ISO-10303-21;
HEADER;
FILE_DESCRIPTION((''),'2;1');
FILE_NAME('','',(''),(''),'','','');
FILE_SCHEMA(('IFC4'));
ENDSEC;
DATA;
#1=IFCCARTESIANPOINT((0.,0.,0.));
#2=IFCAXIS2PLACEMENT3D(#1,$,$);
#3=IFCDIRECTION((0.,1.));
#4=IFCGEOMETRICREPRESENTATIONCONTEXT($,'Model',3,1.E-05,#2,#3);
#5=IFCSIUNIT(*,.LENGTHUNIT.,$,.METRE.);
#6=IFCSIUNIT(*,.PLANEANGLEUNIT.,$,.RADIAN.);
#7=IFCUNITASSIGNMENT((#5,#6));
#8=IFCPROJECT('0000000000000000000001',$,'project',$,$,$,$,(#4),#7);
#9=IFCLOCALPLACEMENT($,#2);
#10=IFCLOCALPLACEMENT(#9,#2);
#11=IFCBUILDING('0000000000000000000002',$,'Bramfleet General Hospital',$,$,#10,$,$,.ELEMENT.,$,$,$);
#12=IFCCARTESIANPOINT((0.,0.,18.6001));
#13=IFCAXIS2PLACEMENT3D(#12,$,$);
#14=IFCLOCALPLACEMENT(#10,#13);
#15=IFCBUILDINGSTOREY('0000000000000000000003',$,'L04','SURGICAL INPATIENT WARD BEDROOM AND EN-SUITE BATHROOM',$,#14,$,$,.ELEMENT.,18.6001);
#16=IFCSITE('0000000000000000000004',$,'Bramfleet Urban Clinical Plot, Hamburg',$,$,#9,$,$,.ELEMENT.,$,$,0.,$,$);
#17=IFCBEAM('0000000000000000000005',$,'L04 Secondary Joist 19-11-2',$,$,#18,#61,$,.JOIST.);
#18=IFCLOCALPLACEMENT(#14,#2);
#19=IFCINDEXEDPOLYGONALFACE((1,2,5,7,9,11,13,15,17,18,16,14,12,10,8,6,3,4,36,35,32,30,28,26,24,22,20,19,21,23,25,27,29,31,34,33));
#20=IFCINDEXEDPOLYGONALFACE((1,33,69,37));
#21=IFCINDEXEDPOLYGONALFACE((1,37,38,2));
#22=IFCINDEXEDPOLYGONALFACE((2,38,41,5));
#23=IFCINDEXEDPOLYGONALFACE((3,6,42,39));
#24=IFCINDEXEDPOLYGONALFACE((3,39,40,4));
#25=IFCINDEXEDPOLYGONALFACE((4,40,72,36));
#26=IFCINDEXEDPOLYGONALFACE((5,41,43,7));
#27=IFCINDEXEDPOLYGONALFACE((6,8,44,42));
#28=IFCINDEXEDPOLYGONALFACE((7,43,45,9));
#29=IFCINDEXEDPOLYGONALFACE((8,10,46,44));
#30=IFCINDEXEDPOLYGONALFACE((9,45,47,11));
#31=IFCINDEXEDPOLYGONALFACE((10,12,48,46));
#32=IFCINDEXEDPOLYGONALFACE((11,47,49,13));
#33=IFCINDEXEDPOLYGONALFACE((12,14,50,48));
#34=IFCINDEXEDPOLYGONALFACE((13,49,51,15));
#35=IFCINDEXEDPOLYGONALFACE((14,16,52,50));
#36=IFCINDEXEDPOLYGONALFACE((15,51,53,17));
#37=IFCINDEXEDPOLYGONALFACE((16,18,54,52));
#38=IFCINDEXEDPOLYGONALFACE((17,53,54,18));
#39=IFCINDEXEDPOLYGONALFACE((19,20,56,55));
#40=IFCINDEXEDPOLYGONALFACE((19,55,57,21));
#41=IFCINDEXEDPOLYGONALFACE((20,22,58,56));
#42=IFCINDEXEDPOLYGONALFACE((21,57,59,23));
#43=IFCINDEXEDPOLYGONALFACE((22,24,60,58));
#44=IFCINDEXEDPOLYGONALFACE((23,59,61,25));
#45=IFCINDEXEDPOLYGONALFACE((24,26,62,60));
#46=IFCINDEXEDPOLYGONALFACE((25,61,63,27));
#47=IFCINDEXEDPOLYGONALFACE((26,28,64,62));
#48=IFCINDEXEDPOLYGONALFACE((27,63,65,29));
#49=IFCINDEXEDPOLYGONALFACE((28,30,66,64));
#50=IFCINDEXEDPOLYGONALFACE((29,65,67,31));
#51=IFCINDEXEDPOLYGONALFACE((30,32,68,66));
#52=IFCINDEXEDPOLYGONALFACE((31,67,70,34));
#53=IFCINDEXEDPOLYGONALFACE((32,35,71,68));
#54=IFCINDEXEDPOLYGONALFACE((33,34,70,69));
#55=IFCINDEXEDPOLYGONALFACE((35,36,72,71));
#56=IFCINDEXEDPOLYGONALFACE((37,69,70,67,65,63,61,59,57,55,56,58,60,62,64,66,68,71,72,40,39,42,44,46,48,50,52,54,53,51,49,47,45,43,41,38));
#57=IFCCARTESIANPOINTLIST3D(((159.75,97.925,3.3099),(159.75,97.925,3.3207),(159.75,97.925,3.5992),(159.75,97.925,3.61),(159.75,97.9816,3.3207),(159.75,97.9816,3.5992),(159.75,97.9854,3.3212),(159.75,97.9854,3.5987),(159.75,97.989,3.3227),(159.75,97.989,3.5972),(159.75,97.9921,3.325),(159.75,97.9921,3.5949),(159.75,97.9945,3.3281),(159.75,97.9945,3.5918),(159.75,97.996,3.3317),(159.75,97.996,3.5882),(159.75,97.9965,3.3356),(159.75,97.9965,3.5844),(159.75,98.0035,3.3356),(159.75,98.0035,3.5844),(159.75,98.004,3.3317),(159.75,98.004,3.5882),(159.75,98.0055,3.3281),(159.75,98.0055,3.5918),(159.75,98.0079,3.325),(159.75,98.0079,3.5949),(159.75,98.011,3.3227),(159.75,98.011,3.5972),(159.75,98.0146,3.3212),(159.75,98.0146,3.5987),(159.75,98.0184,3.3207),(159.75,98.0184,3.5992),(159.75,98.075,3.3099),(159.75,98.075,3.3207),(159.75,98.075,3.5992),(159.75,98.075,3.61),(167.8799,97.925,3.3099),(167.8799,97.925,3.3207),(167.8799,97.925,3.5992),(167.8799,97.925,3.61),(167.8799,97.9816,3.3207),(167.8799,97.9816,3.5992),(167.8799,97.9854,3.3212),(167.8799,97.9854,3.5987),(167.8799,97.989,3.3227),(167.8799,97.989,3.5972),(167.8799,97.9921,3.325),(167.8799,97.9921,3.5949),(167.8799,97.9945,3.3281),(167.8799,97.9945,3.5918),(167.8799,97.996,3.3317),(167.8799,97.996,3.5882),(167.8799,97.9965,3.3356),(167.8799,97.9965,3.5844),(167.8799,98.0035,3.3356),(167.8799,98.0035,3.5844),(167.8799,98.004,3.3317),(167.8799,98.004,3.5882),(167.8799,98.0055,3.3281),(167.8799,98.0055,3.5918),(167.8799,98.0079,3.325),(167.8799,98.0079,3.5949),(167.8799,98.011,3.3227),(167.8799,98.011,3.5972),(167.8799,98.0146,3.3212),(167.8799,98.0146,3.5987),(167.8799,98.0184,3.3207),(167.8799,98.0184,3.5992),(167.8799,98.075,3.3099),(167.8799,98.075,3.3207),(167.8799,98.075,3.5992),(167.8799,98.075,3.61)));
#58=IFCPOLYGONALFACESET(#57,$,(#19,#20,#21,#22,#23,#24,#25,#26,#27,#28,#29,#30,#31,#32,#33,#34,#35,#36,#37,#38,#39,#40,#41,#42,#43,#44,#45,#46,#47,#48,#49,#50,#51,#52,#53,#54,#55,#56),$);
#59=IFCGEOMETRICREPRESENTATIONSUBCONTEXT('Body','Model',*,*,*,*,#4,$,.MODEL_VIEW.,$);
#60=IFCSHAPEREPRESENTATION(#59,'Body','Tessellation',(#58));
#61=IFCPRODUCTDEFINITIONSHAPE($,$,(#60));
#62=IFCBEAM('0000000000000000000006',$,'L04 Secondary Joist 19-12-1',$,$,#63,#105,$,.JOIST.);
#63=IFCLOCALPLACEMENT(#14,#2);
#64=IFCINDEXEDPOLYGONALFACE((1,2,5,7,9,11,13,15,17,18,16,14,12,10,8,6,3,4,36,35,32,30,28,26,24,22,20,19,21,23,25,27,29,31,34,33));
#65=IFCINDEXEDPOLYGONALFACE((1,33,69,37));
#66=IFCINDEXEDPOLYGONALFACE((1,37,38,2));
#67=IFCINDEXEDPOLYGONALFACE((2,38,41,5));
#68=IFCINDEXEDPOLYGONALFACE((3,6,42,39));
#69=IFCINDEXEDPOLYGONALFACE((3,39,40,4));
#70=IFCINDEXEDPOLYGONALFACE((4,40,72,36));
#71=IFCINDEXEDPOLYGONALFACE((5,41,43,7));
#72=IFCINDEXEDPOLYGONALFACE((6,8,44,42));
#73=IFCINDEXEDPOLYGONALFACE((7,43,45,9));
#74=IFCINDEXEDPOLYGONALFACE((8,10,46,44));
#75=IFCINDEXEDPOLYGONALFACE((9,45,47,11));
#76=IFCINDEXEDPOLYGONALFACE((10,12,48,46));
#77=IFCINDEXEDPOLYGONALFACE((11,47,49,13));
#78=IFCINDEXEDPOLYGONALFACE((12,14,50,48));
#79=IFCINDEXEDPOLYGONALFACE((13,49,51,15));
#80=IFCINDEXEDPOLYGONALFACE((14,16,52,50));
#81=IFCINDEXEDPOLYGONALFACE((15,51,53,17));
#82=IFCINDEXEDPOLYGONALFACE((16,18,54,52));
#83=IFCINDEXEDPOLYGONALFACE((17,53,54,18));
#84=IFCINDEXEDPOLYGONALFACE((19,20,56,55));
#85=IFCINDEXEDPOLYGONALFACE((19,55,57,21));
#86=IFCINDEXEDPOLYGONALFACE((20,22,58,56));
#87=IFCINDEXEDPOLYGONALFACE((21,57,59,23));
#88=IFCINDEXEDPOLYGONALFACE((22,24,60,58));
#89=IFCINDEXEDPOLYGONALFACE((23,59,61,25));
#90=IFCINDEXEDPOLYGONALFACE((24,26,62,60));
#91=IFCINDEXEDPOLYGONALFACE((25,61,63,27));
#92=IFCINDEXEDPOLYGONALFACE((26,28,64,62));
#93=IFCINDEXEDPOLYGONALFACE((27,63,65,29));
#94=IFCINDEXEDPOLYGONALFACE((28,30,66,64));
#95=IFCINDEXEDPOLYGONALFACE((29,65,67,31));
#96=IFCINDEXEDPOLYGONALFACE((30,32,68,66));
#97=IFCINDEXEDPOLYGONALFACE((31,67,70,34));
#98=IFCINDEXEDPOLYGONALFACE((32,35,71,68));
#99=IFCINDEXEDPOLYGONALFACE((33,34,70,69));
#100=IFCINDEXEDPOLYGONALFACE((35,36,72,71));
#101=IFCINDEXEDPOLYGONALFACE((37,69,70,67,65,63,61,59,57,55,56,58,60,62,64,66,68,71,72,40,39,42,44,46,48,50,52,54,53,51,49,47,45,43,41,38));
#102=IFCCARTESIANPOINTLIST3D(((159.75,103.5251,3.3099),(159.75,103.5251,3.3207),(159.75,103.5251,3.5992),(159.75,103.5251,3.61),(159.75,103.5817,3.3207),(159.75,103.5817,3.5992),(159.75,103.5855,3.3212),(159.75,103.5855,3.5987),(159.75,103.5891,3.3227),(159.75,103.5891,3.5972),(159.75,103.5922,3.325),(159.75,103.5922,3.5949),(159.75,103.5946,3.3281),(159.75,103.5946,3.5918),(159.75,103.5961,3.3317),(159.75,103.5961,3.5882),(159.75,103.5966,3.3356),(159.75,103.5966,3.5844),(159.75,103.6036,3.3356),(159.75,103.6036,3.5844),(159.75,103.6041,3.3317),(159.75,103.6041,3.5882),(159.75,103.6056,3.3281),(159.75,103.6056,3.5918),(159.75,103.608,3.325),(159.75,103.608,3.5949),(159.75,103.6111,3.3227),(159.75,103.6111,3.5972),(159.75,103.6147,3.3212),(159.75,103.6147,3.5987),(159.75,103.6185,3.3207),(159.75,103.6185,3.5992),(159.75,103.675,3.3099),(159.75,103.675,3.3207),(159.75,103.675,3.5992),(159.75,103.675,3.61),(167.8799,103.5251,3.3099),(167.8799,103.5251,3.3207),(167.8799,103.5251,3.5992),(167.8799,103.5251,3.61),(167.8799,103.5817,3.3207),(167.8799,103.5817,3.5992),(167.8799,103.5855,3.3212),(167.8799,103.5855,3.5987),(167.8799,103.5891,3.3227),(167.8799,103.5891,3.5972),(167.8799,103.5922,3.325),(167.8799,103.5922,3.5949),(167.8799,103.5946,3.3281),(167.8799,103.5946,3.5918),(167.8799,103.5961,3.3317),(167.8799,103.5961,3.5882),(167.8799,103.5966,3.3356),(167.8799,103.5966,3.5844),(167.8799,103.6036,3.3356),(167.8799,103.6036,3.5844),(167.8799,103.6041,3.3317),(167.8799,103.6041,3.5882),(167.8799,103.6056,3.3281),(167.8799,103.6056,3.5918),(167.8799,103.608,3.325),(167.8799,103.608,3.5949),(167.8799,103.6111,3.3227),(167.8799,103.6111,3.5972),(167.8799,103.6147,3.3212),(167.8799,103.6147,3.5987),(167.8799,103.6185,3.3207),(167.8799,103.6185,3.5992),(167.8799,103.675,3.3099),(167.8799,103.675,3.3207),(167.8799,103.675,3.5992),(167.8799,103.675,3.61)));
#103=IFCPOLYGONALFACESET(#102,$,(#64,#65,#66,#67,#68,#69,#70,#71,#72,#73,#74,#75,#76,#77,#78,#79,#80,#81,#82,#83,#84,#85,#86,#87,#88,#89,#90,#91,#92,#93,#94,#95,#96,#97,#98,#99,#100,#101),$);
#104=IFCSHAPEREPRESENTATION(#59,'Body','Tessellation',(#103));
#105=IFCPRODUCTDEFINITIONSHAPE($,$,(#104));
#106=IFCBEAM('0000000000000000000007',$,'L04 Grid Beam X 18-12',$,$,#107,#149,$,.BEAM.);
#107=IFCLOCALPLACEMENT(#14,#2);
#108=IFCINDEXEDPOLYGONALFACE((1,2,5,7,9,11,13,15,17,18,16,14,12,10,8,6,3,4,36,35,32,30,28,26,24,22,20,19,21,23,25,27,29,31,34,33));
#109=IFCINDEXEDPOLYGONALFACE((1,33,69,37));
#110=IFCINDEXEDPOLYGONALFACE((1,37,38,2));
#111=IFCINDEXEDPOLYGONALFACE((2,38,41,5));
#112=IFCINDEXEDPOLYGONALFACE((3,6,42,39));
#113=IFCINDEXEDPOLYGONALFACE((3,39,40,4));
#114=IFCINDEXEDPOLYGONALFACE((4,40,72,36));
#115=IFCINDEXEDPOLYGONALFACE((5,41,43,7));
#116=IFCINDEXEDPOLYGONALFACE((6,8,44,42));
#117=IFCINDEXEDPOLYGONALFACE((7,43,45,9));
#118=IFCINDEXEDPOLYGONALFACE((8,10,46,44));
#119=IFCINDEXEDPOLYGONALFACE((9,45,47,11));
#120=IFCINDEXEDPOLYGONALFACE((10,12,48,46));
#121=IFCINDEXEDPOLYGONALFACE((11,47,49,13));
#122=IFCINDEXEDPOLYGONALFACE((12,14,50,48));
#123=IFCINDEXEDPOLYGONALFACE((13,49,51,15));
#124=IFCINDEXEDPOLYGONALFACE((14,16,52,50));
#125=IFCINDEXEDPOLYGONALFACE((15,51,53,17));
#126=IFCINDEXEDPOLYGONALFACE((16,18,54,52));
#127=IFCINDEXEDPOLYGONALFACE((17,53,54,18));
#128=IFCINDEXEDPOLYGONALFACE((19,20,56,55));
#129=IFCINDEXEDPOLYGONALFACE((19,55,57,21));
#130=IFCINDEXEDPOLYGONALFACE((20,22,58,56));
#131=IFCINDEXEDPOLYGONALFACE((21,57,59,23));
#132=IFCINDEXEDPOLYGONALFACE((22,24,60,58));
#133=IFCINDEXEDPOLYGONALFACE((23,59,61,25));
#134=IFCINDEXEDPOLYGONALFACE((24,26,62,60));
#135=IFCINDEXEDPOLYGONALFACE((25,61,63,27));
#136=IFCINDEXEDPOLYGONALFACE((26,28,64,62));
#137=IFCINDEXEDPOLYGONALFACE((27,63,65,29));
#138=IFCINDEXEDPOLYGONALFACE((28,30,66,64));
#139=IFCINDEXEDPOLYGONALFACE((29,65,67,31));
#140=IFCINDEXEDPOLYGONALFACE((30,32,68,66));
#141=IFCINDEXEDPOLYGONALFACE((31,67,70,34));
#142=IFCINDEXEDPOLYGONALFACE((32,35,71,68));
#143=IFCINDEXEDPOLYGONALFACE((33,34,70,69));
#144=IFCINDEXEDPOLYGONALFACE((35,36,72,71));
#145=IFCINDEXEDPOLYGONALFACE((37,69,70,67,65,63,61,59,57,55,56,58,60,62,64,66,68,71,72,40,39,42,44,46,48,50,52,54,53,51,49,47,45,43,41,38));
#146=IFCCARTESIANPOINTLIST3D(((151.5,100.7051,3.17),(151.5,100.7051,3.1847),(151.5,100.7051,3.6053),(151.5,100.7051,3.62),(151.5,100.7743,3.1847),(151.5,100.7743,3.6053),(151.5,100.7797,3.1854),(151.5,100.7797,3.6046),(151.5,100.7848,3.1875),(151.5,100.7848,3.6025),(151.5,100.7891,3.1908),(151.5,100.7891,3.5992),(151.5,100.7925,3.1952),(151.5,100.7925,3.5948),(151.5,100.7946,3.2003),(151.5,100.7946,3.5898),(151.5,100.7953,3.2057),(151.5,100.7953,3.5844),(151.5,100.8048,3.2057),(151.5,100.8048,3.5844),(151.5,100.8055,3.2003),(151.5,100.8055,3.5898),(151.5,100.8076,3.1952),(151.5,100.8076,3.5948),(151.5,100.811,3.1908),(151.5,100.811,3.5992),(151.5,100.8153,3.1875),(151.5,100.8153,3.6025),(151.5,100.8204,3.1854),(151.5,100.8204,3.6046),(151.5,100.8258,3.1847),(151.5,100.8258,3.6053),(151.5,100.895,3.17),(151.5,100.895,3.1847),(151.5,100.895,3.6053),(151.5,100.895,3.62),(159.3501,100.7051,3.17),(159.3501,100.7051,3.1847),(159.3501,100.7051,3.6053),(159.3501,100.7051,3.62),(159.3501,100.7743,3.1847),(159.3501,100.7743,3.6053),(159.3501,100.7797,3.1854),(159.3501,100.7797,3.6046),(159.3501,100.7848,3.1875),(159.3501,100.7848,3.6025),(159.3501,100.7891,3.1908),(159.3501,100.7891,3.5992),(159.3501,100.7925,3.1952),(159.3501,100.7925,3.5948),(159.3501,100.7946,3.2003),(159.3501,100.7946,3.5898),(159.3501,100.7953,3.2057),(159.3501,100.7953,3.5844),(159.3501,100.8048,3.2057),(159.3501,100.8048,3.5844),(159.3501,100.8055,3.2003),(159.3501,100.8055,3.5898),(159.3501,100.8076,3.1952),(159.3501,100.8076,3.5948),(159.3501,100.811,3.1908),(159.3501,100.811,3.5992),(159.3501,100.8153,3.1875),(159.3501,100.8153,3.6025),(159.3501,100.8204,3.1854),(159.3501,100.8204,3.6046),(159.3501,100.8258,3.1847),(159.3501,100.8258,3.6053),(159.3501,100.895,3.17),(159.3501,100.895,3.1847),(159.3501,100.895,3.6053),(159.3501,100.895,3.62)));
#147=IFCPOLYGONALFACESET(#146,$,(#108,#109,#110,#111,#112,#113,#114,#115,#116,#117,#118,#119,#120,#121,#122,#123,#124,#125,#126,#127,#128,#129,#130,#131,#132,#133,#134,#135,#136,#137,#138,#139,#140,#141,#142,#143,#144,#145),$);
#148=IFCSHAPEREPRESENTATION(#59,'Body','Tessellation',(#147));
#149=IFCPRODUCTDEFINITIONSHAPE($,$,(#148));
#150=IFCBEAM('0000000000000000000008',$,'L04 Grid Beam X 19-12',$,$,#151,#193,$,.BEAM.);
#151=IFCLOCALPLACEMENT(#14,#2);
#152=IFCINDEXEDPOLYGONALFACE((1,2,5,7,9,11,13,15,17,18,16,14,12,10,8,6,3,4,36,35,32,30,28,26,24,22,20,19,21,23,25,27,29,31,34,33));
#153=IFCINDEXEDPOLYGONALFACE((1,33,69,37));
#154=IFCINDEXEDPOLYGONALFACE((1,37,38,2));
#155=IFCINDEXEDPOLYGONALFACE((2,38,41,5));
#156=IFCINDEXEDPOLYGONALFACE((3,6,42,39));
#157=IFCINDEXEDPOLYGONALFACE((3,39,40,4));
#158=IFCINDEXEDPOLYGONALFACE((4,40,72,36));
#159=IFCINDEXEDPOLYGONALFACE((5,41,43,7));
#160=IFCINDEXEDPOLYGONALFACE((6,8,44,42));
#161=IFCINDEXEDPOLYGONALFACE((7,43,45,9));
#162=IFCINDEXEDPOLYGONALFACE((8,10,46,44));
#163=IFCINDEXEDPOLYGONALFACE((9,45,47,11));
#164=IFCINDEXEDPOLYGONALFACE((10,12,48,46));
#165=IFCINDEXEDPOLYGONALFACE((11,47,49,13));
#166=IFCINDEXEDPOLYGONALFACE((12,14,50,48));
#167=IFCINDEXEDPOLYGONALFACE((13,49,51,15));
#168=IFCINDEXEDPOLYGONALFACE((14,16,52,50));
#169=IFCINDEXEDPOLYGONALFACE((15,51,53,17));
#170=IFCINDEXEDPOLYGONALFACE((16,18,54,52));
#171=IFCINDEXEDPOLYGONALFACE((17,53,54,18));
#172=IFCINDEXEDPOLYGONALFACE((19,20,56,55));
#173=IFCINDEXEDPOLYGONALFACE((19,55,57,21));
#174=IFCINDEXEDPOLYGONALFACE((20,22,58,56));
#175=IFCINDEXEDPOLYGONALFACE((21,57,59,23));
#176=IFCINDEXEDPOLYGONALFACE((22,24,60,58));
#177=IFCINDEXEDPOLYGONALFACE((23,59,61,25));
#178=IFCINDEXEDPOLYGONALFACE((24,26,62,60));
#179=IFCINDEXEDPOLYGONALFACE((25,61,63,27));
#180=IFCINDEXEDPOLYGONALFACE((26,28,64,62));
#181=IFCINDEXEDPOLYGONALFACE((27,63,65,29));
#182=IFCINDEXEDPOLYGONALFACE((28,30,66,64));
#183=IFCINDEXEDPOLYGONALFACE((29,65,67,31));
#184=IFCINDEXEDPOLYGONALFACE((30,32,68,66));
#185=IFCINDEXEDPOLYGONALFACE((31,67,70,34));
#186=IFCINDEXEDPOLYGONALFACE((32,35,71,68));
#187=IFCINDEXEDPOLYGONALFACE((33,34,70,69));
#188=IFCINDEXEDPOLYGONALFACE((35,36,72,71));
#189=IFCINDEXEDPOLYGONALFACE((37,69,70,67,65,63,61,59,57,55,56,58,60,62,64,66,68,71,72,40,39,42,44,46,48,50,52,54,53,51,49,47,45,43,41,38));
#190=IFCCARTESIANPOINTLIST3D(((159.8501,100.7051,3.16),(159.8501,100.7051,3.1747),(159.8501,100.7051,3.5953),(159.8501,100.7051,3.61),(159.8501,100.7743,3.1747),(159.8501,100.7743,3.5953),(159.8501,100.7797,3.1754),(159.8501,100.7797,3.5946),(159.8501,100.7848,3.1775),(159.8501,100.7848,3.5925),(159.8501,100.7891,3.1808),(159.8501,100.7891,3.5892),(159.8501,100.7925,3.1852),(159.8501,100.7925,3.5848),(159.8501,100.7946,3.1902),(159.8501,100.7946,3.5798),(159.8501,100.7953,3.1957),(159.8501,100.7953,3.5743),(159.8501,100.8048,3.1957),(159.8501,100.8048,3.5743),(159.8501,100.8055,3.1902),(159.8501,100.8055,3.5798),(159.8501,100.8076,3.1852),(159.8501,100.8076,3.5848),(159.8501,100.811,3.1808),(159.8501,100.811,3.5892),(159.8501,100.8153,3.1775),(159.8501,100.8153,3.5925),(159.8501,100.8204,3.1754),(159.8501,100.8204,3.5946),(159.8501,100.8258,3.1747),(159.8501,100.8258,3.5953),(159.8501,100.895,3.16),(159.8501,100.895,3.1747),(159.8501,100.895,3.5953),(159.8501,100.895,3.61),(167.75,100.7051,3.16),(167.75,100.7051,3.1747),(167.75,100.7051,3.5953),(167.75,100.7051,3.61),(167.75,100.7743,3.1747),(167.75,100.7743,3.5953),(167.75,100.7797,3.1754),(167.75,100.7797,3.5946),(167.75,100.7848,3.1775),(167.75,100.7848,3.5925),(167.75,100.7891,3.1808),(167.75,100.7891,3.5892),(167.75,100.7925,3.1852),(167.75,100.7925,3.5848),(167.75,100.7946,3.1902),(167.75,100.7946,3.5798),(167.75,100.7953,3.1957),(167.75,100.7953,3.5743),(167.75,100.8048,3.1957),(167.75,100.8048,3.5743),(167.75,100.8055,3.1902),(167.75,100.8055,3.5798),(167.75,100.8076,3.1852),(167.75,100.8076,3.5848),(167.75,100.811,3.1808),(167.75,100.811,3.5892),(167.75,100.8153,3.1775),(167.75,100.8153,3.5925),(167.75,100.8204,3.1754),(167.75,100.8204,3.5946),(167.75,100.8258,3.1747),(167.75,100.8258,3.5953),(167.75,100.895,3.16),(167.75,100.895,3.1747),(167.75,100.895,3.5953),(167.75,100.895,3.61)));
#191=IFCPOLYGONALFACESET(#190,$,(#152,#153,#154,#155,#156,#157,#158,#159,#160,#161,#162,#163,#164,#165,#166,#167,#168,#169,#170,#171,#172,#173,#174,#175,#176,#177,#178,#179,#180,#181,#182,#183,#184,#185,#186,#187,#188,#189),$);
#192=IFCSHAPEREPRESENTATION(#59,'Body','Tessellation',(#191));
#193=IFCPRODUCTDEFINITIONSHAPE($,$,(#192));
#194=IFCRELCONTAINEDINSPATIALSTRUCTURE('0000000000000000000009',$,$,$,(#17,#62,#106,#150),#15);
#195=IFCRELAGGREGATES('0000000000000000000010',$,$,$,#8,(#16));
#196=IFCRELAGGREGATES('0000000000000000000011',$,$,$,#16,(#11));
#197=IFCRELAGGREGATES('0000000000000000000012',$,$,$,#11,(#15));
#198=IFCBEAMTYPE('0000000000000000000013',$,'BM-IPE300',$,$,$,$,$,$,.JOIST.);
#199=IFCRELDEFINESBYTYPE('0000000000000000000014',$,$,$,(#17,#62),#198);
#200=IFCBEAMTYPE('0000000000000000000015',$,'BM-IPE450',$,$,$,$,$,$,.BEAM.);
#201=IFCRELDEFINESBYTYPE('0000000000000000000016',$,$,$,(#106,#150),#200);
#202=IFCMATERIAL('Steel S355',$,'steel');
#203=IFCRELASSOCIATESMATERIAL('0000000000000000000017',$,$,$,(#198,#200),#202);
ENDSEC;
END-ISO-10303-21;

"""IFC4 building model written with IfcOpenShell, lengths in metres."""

from ifc_helpers import new_model, si_unit, direction, frame, origin, origin_2d, place, context, subcontext, project, spatial, i_section, extrude, material, material_profile, profile_set, type_object, element, save


model = new_model("IFC4")

# Units and contexts
model_context = context("Model", 3, precision=1e-05, world=origin(), true_north=direction((0.0, 1.0)))
body_context = subcontext(model_context, "Body", "Model", "MODEL_VIEW")
ifc_project = project(units=[si_unit("LENGTHUNIT", "METRE"), si_unit("PLANEANGLEUNIT", "RADIAN")], contexts=[model_context])

# Site, building, storey
site_placement = place(None, origin())
site = spatial("IfcSite", under=ifc_project, at=site_placement, Name="Bramfleet Urban Clinical Plot, Hamburg", CompositionType="ELEMENT", RefElevation=0.0)
building_placement = place(site_placement, origin())
building = spatial("IfcBuilding", under=site, at=building_placement, Name="Bramfleet General Hospital", CompositionType="ELEMENT")
storey_placement = place(building_placement, frame((0.0, 0.0, 18.6001)))
storey = spatial("IfcBuildingStorey", under=building, at=storey_placement, Name="L04", Description="SURGICAL INPATIENT WARD BEDROOM AND EN-SUITE BATHROOM", CompositionType="ELEMENT", Elevation=18.6001)

# Beams
ifc_material_1 = material(Name="Steel S355", Category="steel")
ifc_material_profile_1 = material_profile(ifc_material_1, i_section(OverallWidth=0.1499, OverallDepth=0.3, WebThickness=0.0071, FlangeThickness=0.0107, FilletRadius=0.0149, at=origin_2d()), Name="IPE 300")
ifc_profile_set_1 = profile_set([ifc_material_profile_1], Name="Steel S355")
beam_type_1 = type_object("IfcBeamType", Name="BM-IPE300", PredefinedType="JOIST", material=ifc_profile_set_1)
for number, where, z_axis, x_axis, name in (
    (1, (159.75, 98.0, 3.46), (1.0, 0.0, 0.0), (0.0, 1.0, 0.0), "L04 Secondary Joist 19-11-2"),
    (2, (159.75, 103.6001, 3.46), (1.0, 0.0, 0.0), (0.0, 1.0, 0.0), "L04 Secondary Joist 19-12-1"),
):
    element("IfcBeam", number, at=place(storey_placement, frame(where, z_axis=z_axis, x_axis=x_axis)), inside=storey, type_object=beam_type_1, Name=name, PredefinedType="JOIST", context=body_context, shape_type="SweptSolid", body=[
        extrude(i_section(OverallWidth=0.1499, OverallDepth=0.3, WebThickness=0.0071, FlangeThickness=0.0107, FilletRadius=0.0149, at=origin_2d()), origin(), (0.0, 0.0, 1.0), 8.1299),
    ])
ifc_material_profile_2 = material_profile(ifc_material_1, i_section(OverallWidth=0.1899, OverallDepth=0.45, WebThickness=0.0095, FlangeThickness=0.0146, FilletRadius=0.021, at=origin_2d()), Name="IPE 450")
ifc_profile_set_2 = profile_set([ifc_material_profile_2], Name="Steel S355")
beam_type_2 = type_object("IfcBeamType", Name="BM-IPE450", PredefinedType="BEAM", material=ifc_profile_set_2)
beam_1_placement = place(storey_placement, frame((151.5, 100.8, 3.395), z_axis=(1.0, 0.0, 0.0), x_axis=(0.0, 1.0, 0.0)))
element("IfcBeam", 3, at=beam_1_placement, inside=storey, type_object=beam_type_2, Name="L04 Grid Beam X 18-12", PredefinedType="BEAM", context=body_context, shape_type="SweptSolid", body=[
    extrude(i_section(OverallWidth=0.1899, OverallDepth=0.45, WebThickness=0.0095, FlangeThickness=0.0146, FilletRadius=0.021, at=origin_2d()), origin(), (0.0, 0.0, 1.0), 7.8501),
])
beam_2_placement = place(storey_placement, frame((159.8501, 100.8, 3.385), z_axis=(1.0, 0.0, 0.0), x_axis=(0.0, 1.0, 0.0)))
element("IfcBeam", 4, at=beam_2_placement, inside=storey, type_object=beam_type_2, Name="L04 Grid Beam X 19-12", PredefinedType="BEAM", context=body_context, shape_type="SweptSolid", body=[
    extrude(i_section(OverallWidth=0.1899, OverallDepth=0.45, WebThickness=0.0095, FlangeThickness=0.0146, FilletRadius=0.021, at=origin_2d()), origin(), (0.0, 0.0, 1.0), 7.8999),
])

save(model, "model.ifc")
